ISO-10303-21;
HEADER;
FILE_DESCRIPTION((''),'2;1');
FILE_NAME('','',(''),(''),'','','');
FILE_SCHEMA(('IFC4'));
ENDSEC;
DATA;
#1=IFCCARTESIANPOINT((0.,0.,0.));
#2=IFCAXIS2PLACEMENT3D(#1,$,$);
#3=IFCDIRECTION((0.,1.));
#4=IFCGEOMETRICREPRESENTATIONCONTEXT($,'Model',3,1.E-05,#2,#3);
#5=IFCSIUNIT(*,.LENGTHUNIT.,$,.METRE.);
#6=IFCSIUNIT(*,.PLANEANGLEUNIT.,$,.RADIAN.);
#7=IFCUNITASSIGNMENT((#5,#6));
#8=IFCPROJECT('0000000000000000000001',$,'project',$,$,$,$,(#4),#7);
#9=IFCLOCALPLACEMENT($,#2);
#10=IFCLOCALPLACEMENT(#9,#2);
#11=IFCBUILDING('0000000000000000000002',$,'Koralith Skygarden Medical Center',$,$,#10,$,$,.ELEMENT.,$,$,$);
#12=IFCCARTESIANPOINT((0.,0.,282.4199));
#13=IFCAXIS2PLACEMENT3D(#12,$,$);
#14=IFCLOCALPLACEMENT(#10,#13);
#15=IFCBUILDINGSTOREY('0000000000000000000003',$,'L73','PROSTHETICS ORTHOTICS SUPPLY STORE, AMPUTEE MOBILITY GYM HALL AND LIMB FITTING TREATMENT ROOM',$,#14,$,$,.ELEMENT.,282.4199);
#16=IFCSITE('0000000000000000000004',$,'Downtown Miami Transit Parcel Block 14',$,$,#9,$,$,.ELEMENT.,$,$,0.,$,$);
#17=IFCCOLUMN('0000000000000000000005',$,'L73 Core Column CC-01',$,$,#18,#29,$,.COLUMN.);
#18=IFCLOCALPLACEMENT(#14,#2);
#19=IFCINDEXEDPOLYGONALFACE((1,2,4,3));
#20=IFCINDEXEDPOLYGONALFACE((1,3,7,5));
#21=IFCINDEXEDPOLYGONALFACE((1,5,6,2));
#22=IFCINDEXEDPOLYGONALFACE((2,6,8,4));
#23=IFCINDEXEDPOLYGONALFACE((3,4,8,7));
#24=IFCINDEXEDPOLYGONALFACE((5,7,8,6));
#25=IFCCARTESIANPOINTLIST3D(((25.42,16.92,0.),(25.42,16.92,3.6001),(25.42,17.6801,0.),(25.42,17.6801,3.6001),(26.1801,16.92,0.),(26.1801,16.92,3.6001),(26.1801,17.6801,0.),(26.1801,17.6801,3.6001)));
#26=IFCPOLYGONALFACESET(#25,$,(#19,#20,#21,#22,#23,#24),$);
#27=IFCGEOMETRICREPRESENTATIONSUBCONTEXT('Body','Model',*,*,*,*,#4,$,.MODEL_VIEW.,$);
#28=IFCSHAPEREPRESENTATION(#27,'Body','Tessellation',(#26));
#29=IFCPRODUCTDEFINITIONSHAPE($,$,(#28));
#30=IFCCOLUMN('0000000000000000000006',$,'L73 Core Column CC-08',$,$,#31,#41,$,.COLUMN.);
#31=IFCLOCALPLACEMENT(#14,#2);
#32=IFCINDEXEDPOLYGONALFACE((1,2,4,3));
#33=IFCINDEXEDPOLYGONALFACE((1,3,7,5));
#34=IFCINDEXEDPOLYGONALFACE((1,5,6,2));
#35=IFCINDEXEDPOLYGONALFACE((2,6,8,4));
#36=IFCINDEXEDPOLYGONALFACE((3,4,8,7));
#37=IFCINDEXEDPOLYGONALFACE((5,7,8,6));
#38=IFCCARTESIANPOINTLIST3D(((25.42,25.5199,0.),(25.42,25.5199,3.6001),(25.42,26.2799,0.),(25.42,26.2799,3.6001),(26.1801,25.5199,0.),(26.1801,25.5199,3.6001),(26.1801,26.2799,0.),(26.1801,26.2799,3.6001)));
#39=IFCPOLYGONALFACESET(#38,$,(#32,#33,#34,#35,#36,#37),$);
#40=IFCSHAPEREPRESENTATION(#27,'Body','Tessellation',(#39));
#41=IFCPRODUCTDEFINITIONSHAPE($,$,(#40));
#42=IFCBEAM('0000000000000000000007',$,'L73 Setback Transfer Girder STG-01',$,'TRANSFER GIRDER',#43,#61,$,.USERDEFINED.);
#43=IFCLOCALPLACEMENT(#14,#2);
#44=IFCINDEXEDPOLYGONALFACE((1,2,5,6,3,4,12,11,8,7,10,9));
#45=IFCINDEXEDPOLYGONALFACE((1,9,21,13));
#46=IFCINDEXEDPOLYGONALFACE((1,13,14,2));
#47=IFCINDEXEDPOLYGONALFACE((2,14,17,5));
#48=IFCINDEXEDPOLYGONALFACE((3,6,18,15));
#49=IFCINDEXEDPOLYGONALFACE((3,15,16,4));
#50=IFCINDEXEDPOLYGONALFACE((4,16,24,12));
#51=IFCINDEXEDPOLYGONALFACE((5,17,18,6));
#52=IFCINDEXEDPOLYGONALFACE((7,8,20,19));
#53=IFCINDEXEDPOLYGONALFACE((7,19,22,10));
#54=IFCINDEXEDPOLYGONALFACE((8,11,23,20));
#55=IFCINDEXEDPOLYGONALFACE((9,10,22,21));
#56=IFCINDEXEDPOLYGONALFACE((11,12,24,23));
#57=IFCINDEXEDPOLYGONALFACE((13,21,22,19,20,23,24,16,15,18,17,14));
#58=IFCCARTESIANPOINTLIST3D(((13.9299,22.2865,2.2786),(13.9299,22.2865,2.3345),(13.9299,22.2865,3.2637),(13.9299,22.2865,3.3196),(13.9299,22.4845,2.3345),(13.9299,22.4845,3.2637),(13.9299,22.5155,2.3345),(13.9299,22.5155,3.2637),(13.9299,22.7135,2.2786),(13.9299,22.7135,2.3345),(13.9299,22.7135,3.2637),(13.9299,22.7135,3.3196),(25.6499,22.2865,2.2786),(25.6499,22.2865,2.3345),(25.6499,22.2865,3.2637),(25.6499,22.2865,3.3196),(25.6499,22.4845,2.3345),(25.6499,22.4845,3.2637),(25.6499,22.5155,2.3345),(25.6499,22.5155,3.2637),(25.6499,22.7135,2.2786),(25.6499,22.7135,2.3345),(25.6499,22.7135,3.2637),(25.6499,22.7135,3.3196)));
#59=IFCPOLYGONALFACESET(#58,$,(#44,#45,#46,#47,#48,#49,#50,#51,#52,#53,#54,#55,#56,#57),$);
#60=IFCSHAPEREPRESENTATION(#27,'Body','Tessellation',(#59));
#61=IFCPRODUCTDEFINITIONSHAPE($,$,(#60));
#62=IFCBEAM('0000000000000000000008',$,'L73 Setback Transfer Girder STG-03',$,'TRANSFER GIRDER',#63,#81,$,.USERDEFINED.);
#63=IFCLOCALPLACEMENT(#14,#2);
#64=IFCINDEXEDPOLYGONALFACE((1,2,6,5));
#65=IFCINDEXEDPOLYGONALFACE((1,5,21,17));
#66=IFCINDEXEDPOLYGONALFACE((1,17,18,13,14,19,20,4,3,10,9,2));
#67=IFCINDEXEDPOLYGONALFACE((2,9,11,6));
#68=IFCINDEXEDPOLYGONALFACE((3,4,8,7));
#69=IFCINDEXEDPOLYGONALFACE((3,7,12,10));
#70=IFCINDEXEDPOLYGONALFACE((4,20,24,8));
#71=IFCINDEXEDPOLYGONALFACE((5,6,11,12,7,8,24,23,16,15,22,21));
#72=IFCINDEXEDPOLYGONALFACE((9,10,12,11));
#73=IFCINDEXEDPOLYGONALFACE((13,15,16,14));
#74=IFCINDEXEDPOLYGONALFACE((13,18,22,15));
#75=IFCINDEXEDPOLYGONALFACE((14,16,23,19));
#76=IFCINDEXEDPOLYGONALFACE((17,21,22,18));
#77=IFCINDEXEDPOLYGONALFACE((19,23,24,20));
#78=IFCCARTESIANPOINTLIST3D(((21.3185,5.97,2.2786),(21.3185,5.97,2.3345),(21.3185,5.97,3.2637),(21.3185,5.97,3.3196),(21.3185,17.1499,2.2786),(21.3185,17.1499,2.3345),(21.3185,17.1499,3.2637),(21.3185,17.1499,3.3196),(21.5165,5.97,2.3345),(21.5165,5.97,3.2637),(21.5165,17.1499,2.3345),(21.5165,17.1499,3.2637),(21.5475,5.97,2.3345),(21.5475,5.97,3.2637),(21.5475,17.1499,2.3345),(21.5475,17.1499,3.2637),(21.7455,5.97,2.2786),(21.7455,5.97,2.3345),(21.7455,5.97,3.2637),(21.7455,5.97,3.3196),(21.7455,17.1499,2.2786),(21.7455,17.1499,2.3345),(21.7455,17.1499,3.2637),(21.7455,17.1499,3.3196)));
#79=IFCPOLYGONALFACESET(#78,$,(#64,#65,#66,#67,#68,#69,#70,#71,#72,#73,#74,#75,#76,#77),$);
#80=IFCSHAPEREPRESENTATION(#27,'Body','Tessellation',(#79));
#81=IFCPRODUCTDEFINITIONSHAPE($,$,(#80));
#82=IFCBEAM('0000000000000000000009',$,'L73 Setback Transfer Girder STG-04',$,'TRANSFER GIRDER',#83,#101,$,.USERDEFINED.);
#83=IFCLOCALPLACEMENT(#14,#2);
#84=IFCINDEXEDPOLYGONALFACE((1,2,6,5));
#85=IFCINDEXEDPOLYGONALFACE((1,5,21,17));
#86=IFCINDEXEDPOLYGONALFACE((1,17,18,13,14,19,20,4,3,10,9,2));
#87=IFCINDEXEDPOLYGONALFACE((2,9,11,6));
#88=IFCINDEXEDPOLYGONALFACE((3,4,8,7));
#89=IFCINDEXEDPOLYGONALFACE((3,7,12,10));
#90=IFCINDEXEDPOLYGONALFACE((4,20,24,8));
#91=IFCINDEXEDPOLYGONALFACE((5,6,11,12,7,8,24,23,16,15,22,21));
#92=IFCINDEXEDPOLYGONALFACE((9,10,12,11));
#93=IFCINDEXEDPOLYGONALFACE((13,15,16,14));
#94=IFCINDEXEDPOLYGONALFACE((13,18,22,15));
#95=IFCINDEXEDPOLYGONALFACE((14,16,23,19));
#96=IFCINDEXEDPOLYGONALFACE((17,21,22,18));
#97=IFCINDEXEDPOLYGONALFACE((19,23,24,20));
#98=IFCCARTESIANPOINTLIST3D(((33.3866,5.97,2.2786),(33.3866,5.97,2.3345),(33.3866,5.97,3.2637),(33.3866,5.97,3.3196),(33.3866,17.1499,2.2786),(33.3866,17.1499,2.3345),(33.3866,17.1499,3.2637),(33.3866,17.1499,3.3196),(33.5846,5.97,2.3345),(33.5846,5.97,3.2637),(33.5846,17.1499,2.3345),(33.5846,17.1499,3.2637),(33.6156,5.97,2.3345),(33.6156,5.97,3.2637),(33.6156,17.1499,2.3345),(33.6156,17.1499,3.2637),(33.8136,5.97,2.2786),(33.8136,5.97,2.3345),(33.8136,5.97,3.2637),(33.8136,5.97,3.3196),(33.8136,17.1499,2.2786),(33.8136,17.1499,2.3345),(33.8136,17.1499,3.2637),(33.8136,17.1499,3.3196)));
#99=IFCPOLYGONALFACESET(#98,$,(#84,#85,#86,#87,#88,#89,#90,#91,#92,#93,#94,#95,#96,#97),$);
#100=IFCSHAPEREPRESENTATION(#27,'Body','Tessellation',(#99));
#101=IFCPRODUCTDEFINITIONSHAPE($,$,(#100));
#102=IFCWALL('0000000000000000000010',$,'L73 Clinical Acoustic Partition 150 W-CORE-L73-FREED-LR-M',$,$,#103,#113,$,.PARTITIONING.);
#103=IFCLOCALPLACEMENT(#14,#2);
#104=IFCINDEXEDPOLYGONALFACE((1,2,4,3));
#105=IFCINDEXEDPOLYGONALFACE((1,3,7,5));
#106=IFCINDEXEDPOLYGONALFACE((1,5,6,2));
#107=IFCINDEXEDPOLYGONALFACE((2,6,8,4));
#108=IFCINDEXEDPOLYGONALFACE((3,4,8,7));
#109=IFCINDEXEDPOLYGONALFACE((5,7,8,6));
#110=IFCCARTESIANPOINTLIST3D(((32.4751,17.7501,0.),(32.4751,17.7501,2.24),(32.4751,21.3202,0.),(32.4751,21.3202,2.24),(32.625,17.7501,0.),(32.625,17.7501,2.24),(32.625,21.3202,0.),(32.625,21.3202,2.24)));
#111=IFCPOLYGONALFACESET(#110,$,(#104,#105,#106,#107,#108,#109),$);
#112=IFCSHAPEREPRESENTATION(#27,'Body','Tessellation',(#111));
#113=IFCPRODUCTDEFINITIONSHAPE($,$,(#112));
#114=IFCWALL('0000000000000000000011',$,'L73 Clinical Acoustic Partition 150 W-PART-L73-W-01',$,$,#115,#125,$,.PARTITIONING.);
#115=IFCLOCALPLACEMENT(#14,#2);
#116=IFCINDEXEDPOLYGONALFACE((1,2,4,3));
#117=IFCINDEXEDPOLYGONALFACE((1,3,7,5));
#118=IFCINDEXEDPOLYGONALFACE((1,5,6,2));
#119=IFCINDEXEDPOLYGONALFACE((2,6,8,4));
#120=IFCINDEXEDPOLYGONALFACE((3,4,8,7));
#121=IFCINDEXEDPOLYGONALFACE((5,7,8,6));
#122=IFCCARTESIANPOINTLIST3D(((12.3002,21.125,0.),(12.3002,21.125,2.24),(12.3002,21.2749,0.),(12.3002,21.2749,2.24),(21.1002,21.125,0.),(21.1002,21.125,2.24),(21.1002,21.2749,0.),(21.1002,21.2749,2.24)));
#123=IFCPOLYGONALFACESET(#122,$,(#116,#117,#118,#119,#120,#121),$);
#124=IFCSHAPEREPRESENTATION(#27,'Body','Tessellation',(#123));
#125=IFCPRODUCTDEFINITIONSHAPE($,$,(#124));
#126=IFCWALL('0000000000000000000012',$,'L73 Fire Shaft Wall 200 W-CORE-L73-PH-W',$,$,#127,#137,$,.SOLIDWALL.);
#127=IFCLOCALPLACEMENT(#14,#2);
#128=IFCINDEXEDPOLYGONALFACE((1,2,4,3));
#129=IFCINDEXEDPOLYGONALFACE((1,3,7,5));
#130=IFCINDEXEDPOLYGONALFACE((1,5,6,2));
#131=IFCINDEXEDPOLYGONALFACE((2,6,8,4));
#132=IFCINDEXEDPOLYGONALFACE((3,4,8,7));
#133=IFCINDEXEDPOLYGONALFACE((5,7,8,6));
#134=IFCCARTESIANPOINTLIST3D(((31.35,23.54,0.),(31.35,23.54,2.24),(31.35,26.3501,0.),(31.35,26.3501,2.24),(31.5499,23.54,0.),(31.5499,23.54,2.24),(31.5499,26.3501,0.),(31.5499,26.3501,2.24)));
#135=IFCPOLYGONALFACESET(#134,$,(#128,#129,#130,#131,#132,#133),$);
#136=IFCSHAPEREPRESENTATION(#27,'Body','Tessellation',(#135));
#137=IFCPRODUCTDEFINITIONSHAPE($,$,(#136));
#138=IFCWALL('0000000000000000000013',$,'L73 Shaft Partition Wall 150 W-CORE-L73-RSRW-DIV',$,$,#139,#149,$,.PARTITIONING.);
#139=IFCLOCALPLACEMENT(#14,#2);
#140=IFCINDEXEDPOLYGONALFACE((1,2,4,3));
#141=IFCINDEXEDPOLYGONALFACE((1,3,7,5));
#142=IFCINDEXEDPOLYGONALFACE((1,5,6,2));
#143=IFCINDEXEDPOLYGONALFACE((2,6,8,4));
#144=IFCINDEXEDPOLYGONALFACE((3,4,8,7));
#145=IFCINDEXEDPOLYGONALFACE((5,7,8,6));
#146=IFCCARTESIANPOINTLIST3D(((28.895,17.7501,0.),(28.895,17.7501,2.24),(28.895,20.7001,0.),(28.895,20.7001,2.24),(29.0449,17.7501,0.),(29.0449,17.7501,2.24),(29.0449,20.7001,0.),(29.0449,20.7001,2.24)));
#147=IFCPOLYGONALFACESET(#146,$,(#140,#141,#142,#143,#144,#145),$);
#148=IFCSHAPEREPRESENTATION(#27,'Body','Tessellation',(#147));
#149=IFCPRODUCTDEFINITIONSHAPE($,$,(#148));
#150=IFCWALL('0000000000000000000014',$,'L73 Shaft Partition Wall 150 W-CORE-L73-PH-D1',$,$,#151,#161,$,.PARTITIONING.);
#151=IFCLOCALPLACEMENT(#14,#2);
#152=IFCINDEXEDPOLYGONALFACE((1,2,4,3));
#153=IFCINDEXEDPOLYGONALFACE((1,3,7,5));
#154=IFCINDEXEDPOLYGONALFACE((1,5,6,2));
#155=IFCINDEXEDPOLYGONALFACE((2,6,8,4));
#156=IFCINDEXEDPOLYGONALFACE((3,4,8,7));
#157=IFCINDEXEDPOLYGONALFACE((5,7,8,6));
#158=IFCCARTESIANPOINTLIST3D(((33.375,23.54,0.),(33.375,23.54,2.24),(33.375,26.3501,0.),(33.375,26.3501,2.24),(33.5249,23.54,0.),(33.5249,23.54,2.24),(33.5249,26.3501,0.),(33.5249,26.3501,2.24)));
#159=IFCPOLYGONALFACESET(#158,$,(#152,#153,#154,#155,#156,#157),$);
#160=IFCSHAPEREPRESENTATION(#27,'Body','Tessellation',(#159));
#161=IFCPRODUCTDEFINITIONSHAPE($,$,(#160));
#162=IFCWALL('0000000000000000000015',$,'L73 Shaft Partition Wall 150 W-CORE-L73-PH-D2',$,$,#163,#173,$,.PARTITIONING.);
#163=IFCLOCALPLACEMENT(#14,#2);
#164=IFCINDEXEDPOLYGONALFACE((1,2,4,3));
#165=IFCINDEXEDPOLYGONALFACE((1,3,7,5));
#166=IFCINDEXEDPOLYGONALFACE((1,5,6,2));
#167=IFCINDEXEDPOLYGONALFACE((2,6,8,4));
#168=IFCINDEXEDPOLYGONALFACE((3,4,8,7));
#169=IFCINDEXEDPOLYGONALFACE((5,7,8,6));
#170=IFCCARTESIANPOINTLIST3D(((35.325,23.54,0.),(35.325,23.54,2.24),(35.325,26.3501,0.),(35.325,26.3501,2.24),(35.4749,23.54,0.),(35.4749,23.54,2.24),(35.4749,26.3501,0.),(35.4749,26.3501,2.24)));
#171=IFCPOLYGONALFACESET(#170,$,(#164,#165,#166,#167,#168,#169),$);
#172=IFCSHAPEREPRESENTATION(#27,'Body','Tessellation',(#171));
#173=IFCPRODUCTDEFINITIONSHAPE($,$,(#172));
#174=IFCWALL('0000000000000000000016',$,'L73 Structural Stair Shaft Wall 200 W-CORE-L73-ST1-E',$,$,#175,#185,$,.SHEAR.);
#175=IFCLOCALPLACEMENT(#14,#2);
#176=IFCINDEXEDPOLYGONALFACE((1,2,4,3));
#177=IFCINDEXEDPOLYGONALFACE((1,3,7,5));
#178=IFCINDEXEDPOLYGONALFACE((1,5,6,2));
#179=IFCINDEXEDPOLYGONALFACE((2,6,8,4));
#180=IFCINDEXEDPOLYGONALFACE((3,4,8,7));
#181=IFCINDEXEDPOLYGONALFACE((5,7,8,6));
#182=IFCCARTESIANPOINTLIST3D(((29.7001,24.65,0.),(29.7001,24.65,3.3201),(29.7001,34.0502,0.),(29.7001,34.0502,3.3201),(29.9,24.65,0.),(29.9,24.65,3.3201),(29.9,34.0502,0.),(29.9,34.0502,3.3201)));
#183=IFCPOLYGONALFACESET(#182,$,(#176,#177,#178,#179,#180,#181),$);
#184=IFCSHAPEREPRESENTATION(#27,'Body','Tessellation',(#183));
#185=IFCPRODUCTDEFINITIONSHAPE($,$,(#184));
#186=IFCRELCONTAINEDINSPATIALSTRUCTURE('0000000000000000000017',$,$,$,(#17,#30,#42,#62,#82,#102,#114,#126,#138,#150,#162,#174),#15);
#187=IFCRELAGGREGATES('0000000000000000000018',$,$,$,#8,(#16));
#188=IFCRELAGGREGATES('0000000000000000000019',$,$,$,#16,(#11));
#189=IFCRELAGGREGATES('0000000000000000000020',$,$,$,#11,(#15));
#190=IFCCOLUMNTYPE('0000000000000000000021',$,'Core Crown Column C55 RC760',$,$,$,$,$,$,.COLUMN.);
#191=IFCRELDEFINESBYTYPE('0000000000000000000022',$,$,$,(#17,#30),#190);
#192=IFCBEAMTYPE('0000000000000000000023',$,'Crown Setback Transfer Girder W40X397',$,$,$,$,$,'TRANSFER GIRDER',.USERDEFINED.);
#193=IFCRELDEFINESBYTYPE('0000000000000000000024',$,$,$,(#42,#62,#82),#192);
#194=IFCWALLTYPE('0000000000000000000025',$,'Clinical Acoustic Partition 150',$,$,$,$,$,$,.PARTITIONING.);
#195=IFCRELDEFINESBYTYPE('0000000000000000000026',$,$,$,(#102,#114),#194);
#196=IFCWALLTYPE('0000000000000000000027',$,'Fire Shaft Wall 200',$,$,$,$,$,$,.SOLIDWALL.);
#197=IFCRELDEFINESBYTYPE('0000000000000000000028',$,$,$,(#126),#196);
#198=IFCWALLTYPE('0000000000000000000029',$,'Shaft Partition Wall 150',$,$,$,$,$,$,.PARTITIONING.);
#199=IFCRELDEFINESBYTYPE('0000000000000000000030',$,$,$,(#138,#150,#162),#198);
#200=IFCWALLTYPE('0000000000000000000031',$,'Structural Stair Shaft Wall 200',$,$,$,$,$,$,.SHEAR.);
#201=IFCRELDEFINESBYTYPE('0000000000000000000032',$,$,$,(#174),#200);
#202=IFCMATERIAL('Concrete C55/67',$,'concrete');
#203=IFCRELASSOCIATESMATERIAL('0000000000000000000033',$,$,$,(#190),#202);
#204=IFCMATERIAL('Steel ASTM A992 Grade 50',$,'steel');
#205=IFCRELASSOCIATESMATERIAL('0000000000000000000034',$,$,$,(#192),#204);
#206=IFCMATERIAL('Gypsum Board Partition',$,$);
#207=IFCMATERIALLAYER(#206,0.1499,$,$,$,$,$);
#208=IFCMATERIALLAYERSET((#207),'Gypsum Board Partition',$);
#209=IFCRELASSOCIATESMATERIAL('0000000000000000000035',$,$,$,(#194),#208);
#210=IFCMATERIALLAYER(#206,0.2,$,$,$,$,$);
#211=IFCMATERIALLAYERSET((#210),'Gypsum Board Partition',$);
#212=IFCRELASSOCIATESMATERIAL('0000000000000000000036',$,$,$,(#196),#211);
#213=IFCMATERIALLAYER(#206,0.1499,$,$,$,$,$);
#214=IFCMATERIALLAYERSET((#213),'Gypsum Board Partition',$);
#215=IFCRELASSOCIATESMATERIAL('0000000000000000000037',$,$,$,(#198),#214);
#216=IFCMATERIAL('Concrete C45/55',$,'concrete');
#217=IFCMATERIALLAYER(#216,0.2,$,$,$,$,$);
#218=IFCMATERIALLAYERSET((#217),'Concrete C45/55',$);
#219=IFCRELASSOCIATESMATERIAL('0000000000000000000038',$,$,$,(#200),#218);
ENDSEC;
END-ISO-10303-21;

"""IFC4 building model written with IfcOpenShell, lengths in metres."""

from ifc_helpers import new_model, si_unit, direction, frame, frame_2d, origin, origin_2d, place, context, subcontext, project, spatial, rectangle, i_section, extrude, material, layer, layer_set, material_profile, profile_set, type_object, element, save


model = new_model("IFC4")

# Units and contexts
model_context = context("Model", 3, precision=1e-05, world=origin(), true_north=direction((0.0, 1.0)))
body_context = subcontext(model_context, "Body", "Model", "MODEL_VIEW")
ifc_project = project(units=[si_unit("LENGTHUNIT", "METRE"), si_unit("PLANEANGLEUNIT", "RADIAN")], contexts=[model_context])

# Site, building, storey
site_placement = place(None, origin())
site = spatial("IfcSite", under=ifc_project, at=site_placement, Name="Downtown Miami Transit Parcel Block 14", CompositionType="ELEMENT", RefElevation=0.0)
building_placement = place(site_placement, origin())
building = spatial("IfcBuilding", under=site, at=building_placement, Name="Koralith Skygarden Medical Center", CompositionType="ELEMENT")
storey_placement = place(building_placement, frame((0.0, 0.0, 282.4199)))
storey = spatial("IfcBuildingStorey", under=building, at=storey_placement, Name="L73", Description="PROSTHETICS ORTHOTICS SUPPLY STORE, AMPUTEE MOBILITY GYM HALL AND LIMB FITTING TREATMENT ROOM", CompositionType="ELEMENT", Elevation=282.4199)

# Columns
ifc_material_1 = material(Name="Concrete C55/67", Category="concrete")
ifc_material_profile_1 = material_profile(ifc_material_1, rectangle(XDim=0.76, YDim=0.76, at=origin_2d()), Name="RC760X760")
ifc_profile_set_1 = profile_set([ifc_material_profile_1], Name="Concrete C55/67")
column_type = type_object("IfcColumnType", Name="Core Crown Column C55 RC760", PredefinedType="COLUMN", material=ifc_profile_set_1)
for number, where, z_axis, x_axis, name in (
    (1, (25.8, 17.3, 0.0), (0.0, 0.0, 1.0), (1.0, 0.0, 0.0), "L73 Core Column CC-01"),
    (2, (25.8, 25.8999, 0.0), (0.0, 0.0, 1.0), (1.0, 0.0, 0.0), "L73 Core Column CC-08"),
):
    element("IfcColumn", number, at=place(storey_placement, frame(where, z_axis=z_axis, x_axis=x_axis)), inside=storey, type_object=column_type, Name=name, PredefinedType="COLUMN", context=body_context, shape_type="SweptSolid", body=[
        extrude(rectangle(XDim=0.76, YDim=0.76, at=origin_2d()), origin(), (0.0, 0.0, 1.0), 3.6001),
    ])

# Beams
ifc_material_2 = material(Name="Steel ASTM A992 Grade 50", Category="steel")
ifc_material_profile_2 = material_profile(ifc_material_2, i_section(OverallWidth=0.427, OverallDepth=1.041, WebThickness=0.031, FlangeThickness=0.0559, at=origin_2d()), Name="W40X397")
ifc_profile_set_2 = profile_set([ifc_material_profile_2], Name="Steel ASTM A992 Grade 50")
beam_type = type_object("IfcBeamType", Name="Crown Setback Transfer Girder W40X397", ElementType="TRANSFER GIRDER", PredefinedType="USERDEFINED", material=ifc_profile_set_2)
beam_placement = place(storey_placement, frame((25.6499, 22.5, 2.7991), z_axis=(-1.0, 0.0, 0.0), x_axis=(0.0, -1.0, 0.0)))
element("IfcBeam", 3, at=beam_placement, inside=storey, type_object=beam_type, Name="L73 Setback Transfer Girder STG-01", ObjectType="TRANSFER GIRDER", PredefinedType="USERDEFINED", context=body_context, shape_type="SweptSolid", body=[
    extrude(i_section(OverallWidth=0.427, OverallDepth=1.041, WebThickness=0.031, FlangeThickness=0.0559, at=origin_2d()), origin(), (0.0, 0.0, 1.0), 11.72),
])
for number, where, z_axis, x_axis, name in (
    (4, (21.532, 17.1499, 2.7991), (0.0, -1.0, 0.0), (1.0, 0.0, 0.0), "L73 Setback Transfer Girder STG-03"),
    (5, (33.6001, 17.1499, 2.7991), (0.0, -1.0, 0.0), (1.0, 0.0, 0.0), "L73 Setback Transfer Girder STG-04"),
):
    element("IfcBeam", number, at=place(storey_placement, frame(where, z_axis=z_axis, x_axis=x_axis)), inside=storey, type_object=beam_type, Name=name, ObjectType="TRANSFER GIRDER", PredefinedType="USERDEFINED", context=body_context, shape_type="SweptSolid", body=[
        extrude(i_section(OverallWidth=0.427, OverallDepth=1.041, WebThickness=0.031, FlangeThickness=0.0559, at=origin_2d()), origin(), (0.0, 0.0, 1.0), 11.1799),
    ])

# Shared definitions
ifc_material_3 = material(Name="Gypsum Board Partition")
ifc_layer_1 = layer(ifc_material_3, 0.1499)
ifc_layer_set_1 = layer_set([ifc_layer_1], Name="Gypsum Board Partition")
wall_type_1 = type_object("IfcWallType", Name="Clinical Acoustic Partition 150", PredefinedType="PARTITIONING", material=ifc_layer_set_1)

# Walls
wall_1_placement = place(storey_placement, frame((32.55, 17.75, 0.0), z_axis=(0.0, 0.0, 1.0), x_axis=(0.0, 1.0, 0.0)))
element("IfcWall", 6, at=wall_1_placement, inside=storey, type_object=wall_type_1, Name="L73 Clinical Acoustic Partition 150 W-CORE-L73-FREED-LR-M", PredefinedType="PARTITIONING", context=body_context, shape_type="SweptSolid", body=[
    extrude(rectangle(XDim=3.5701, YDim=0.1499, at=frame_2d((1.7852, 0.0))), origin(), (0.0, 0.0, 1.0), 2.24),
])
wall_2_placement = place(storey_placement, frame((21.1001, 21.2, 0.0), z_axis=(0.0, 0.0, 1.0), x_axis=(-1.0, 0.0, 0.0)))
element("IfcWall", 7, at=wall_2_placement, inside=storey, type_object=wall_type_1, Name="L73 Clinical Acoustic Partition 150 W-PART-L73-W-01", PredefinedType="PARTITIONING", context=body_context, shape_type="SweptSolid", body=[
    extrude(rectangle(XDim=8.8, YDim=0.1499, at=frame_2d((4.3999, 0.0))), origin(), (0.0, 0.0, 1.0), 2.24),
])

# Shared definitions
ifc_layer_2 = layer(ifc_material_3, 0.2)
ifc_layer_set_2 = layer_set([ifc_layer_2], Name="Gypsum Board Partition")
wall_type_2 = type_object("IfcWallType", Name="Fire Shaft Wall 200", PredefinedType="SOLIDWALL", material=ifc_layer_set_2)

# Walls
wall_3_placement = place(storey_placement, frame((31.45, 23.54, 0.0), z_axis=(0.0, 0.0, 1.0), x_axis=(0.0, 1.0, 0.0)))
element("IfcWall", 8, at=wall_3_placement, inside=storey, type_object=wall_type_2, Name="L73 Fire Shaft Wall 200 W-CORE-L73-PH-W", PredefinedType="SOLIDWALL", context=body_context, shape_type="SweptSolid", body=[
    extrude(rectangle(XDim=2.8101, YDim=0.2, at=frame_2d((1.405, 0.0))), origin(), (0.0, 0.0, 1.0), 2.24),
])
ifc_layer_3 = layer(ifc_material_3, 0.1499)
ifc_layer_set_3 = layer_set([ifc_layer_3], Name="Gypsum Board Partition")
wall_type_3 = type_object("IfcWallType", Name="Shaft Partition Wall 150", PredefinedType="PARTITIONING", material=ifc_layer_set_3)
wall_4_placement = place(storey_placement, frame((28.97, 17.75, 0.0), z_axis=(0.0, 0.0, 1.0), x_axis=(0.0, 1.0, 0.0)))
element("IfcWall", 9, at=wall_4_placement, inside=storey, type_object=wall_type_3, Name="L73 Shaft Partition Wall 150 W-CORE-L73-RSRW-DIV", PredefinedType="PARTITIONING", context=body_context, shape_type="SweptSolid", body=[
    extrude(rectangle(XDim=2.95, YDim=0.1499, at=frame_2d((1.4751, 0.0))), origin(), (0.0, 0.0, 1.0), 2.24),
])
for number, where, z_axis, x_axis, name in (
    (10, (33.45, 23.54, 0.0), (0.0, 0.0, 1.0), (0.0, 1.0, 0.0), "L73 Shaft Partition Wall 150 W-CORE-L73-PH-D1"),
    (11, (35.3999, 23.54, 0.0), (0.0, 0.0, 1.0), (0.0, 1.0, 0.0), "L73 Shaft Partition Wall 150 W-CORE-L73-PH-D2"),
):
    element("IfcWall", number, at=place(storey_placement, frame(where, z_axis=z_axis, x_axis=x_axis)), inside=storey, type_object=wall_type_3, Name=name, PredefinedType="PARTITIONING", context=body_context, shape_type="SweptSolid", body=[
        extrude(rectangle(XDim=2.8101, YDim=0.1499, at=frame_2d((1.405, 0.0))), origin(), (0.0, 0.0, 1.0), 2.24),
    ])
ifc_material_4 = material(Name="Concrete C45/55", Category="concrete")
ifc_layer_4 = layer(ifc_material_4, 0.2)
ifc_layer_set_4 = layer_set([ifc_layer_4], Name="Concrete C45/55")
wall_type_4 = type_object("IfcWallType", Name="Structural Stair Shaft Wall 200", PredefinedType="SHEAR", material=ifc_layer_set_4)
wall_5_placement = place(storey_placement, frame((29.8, 24.6499, 0.0), z_axis=(0.0, 0.0, 1.0), x_axis=(0.0, 1.0, 0.0)))
element("IfcWall", 12, at=wall_5_placement, inside=storey, type_object=wall_type_4, Name="L73 Structural Stair Shaft Wall 200 W-CORE-L73-ST1-E", PredefinedType="SHEAR", context=body_context, shape_type="SweptSolid", body=[
    extrude(rectangle(XDim=9.4001, YDim=0.2, at=frame_2d((4.7002, 0.0))), origin(), (0.0, 0.0, 1.0), 3.3201),
])

save(model, "model.ifc")
